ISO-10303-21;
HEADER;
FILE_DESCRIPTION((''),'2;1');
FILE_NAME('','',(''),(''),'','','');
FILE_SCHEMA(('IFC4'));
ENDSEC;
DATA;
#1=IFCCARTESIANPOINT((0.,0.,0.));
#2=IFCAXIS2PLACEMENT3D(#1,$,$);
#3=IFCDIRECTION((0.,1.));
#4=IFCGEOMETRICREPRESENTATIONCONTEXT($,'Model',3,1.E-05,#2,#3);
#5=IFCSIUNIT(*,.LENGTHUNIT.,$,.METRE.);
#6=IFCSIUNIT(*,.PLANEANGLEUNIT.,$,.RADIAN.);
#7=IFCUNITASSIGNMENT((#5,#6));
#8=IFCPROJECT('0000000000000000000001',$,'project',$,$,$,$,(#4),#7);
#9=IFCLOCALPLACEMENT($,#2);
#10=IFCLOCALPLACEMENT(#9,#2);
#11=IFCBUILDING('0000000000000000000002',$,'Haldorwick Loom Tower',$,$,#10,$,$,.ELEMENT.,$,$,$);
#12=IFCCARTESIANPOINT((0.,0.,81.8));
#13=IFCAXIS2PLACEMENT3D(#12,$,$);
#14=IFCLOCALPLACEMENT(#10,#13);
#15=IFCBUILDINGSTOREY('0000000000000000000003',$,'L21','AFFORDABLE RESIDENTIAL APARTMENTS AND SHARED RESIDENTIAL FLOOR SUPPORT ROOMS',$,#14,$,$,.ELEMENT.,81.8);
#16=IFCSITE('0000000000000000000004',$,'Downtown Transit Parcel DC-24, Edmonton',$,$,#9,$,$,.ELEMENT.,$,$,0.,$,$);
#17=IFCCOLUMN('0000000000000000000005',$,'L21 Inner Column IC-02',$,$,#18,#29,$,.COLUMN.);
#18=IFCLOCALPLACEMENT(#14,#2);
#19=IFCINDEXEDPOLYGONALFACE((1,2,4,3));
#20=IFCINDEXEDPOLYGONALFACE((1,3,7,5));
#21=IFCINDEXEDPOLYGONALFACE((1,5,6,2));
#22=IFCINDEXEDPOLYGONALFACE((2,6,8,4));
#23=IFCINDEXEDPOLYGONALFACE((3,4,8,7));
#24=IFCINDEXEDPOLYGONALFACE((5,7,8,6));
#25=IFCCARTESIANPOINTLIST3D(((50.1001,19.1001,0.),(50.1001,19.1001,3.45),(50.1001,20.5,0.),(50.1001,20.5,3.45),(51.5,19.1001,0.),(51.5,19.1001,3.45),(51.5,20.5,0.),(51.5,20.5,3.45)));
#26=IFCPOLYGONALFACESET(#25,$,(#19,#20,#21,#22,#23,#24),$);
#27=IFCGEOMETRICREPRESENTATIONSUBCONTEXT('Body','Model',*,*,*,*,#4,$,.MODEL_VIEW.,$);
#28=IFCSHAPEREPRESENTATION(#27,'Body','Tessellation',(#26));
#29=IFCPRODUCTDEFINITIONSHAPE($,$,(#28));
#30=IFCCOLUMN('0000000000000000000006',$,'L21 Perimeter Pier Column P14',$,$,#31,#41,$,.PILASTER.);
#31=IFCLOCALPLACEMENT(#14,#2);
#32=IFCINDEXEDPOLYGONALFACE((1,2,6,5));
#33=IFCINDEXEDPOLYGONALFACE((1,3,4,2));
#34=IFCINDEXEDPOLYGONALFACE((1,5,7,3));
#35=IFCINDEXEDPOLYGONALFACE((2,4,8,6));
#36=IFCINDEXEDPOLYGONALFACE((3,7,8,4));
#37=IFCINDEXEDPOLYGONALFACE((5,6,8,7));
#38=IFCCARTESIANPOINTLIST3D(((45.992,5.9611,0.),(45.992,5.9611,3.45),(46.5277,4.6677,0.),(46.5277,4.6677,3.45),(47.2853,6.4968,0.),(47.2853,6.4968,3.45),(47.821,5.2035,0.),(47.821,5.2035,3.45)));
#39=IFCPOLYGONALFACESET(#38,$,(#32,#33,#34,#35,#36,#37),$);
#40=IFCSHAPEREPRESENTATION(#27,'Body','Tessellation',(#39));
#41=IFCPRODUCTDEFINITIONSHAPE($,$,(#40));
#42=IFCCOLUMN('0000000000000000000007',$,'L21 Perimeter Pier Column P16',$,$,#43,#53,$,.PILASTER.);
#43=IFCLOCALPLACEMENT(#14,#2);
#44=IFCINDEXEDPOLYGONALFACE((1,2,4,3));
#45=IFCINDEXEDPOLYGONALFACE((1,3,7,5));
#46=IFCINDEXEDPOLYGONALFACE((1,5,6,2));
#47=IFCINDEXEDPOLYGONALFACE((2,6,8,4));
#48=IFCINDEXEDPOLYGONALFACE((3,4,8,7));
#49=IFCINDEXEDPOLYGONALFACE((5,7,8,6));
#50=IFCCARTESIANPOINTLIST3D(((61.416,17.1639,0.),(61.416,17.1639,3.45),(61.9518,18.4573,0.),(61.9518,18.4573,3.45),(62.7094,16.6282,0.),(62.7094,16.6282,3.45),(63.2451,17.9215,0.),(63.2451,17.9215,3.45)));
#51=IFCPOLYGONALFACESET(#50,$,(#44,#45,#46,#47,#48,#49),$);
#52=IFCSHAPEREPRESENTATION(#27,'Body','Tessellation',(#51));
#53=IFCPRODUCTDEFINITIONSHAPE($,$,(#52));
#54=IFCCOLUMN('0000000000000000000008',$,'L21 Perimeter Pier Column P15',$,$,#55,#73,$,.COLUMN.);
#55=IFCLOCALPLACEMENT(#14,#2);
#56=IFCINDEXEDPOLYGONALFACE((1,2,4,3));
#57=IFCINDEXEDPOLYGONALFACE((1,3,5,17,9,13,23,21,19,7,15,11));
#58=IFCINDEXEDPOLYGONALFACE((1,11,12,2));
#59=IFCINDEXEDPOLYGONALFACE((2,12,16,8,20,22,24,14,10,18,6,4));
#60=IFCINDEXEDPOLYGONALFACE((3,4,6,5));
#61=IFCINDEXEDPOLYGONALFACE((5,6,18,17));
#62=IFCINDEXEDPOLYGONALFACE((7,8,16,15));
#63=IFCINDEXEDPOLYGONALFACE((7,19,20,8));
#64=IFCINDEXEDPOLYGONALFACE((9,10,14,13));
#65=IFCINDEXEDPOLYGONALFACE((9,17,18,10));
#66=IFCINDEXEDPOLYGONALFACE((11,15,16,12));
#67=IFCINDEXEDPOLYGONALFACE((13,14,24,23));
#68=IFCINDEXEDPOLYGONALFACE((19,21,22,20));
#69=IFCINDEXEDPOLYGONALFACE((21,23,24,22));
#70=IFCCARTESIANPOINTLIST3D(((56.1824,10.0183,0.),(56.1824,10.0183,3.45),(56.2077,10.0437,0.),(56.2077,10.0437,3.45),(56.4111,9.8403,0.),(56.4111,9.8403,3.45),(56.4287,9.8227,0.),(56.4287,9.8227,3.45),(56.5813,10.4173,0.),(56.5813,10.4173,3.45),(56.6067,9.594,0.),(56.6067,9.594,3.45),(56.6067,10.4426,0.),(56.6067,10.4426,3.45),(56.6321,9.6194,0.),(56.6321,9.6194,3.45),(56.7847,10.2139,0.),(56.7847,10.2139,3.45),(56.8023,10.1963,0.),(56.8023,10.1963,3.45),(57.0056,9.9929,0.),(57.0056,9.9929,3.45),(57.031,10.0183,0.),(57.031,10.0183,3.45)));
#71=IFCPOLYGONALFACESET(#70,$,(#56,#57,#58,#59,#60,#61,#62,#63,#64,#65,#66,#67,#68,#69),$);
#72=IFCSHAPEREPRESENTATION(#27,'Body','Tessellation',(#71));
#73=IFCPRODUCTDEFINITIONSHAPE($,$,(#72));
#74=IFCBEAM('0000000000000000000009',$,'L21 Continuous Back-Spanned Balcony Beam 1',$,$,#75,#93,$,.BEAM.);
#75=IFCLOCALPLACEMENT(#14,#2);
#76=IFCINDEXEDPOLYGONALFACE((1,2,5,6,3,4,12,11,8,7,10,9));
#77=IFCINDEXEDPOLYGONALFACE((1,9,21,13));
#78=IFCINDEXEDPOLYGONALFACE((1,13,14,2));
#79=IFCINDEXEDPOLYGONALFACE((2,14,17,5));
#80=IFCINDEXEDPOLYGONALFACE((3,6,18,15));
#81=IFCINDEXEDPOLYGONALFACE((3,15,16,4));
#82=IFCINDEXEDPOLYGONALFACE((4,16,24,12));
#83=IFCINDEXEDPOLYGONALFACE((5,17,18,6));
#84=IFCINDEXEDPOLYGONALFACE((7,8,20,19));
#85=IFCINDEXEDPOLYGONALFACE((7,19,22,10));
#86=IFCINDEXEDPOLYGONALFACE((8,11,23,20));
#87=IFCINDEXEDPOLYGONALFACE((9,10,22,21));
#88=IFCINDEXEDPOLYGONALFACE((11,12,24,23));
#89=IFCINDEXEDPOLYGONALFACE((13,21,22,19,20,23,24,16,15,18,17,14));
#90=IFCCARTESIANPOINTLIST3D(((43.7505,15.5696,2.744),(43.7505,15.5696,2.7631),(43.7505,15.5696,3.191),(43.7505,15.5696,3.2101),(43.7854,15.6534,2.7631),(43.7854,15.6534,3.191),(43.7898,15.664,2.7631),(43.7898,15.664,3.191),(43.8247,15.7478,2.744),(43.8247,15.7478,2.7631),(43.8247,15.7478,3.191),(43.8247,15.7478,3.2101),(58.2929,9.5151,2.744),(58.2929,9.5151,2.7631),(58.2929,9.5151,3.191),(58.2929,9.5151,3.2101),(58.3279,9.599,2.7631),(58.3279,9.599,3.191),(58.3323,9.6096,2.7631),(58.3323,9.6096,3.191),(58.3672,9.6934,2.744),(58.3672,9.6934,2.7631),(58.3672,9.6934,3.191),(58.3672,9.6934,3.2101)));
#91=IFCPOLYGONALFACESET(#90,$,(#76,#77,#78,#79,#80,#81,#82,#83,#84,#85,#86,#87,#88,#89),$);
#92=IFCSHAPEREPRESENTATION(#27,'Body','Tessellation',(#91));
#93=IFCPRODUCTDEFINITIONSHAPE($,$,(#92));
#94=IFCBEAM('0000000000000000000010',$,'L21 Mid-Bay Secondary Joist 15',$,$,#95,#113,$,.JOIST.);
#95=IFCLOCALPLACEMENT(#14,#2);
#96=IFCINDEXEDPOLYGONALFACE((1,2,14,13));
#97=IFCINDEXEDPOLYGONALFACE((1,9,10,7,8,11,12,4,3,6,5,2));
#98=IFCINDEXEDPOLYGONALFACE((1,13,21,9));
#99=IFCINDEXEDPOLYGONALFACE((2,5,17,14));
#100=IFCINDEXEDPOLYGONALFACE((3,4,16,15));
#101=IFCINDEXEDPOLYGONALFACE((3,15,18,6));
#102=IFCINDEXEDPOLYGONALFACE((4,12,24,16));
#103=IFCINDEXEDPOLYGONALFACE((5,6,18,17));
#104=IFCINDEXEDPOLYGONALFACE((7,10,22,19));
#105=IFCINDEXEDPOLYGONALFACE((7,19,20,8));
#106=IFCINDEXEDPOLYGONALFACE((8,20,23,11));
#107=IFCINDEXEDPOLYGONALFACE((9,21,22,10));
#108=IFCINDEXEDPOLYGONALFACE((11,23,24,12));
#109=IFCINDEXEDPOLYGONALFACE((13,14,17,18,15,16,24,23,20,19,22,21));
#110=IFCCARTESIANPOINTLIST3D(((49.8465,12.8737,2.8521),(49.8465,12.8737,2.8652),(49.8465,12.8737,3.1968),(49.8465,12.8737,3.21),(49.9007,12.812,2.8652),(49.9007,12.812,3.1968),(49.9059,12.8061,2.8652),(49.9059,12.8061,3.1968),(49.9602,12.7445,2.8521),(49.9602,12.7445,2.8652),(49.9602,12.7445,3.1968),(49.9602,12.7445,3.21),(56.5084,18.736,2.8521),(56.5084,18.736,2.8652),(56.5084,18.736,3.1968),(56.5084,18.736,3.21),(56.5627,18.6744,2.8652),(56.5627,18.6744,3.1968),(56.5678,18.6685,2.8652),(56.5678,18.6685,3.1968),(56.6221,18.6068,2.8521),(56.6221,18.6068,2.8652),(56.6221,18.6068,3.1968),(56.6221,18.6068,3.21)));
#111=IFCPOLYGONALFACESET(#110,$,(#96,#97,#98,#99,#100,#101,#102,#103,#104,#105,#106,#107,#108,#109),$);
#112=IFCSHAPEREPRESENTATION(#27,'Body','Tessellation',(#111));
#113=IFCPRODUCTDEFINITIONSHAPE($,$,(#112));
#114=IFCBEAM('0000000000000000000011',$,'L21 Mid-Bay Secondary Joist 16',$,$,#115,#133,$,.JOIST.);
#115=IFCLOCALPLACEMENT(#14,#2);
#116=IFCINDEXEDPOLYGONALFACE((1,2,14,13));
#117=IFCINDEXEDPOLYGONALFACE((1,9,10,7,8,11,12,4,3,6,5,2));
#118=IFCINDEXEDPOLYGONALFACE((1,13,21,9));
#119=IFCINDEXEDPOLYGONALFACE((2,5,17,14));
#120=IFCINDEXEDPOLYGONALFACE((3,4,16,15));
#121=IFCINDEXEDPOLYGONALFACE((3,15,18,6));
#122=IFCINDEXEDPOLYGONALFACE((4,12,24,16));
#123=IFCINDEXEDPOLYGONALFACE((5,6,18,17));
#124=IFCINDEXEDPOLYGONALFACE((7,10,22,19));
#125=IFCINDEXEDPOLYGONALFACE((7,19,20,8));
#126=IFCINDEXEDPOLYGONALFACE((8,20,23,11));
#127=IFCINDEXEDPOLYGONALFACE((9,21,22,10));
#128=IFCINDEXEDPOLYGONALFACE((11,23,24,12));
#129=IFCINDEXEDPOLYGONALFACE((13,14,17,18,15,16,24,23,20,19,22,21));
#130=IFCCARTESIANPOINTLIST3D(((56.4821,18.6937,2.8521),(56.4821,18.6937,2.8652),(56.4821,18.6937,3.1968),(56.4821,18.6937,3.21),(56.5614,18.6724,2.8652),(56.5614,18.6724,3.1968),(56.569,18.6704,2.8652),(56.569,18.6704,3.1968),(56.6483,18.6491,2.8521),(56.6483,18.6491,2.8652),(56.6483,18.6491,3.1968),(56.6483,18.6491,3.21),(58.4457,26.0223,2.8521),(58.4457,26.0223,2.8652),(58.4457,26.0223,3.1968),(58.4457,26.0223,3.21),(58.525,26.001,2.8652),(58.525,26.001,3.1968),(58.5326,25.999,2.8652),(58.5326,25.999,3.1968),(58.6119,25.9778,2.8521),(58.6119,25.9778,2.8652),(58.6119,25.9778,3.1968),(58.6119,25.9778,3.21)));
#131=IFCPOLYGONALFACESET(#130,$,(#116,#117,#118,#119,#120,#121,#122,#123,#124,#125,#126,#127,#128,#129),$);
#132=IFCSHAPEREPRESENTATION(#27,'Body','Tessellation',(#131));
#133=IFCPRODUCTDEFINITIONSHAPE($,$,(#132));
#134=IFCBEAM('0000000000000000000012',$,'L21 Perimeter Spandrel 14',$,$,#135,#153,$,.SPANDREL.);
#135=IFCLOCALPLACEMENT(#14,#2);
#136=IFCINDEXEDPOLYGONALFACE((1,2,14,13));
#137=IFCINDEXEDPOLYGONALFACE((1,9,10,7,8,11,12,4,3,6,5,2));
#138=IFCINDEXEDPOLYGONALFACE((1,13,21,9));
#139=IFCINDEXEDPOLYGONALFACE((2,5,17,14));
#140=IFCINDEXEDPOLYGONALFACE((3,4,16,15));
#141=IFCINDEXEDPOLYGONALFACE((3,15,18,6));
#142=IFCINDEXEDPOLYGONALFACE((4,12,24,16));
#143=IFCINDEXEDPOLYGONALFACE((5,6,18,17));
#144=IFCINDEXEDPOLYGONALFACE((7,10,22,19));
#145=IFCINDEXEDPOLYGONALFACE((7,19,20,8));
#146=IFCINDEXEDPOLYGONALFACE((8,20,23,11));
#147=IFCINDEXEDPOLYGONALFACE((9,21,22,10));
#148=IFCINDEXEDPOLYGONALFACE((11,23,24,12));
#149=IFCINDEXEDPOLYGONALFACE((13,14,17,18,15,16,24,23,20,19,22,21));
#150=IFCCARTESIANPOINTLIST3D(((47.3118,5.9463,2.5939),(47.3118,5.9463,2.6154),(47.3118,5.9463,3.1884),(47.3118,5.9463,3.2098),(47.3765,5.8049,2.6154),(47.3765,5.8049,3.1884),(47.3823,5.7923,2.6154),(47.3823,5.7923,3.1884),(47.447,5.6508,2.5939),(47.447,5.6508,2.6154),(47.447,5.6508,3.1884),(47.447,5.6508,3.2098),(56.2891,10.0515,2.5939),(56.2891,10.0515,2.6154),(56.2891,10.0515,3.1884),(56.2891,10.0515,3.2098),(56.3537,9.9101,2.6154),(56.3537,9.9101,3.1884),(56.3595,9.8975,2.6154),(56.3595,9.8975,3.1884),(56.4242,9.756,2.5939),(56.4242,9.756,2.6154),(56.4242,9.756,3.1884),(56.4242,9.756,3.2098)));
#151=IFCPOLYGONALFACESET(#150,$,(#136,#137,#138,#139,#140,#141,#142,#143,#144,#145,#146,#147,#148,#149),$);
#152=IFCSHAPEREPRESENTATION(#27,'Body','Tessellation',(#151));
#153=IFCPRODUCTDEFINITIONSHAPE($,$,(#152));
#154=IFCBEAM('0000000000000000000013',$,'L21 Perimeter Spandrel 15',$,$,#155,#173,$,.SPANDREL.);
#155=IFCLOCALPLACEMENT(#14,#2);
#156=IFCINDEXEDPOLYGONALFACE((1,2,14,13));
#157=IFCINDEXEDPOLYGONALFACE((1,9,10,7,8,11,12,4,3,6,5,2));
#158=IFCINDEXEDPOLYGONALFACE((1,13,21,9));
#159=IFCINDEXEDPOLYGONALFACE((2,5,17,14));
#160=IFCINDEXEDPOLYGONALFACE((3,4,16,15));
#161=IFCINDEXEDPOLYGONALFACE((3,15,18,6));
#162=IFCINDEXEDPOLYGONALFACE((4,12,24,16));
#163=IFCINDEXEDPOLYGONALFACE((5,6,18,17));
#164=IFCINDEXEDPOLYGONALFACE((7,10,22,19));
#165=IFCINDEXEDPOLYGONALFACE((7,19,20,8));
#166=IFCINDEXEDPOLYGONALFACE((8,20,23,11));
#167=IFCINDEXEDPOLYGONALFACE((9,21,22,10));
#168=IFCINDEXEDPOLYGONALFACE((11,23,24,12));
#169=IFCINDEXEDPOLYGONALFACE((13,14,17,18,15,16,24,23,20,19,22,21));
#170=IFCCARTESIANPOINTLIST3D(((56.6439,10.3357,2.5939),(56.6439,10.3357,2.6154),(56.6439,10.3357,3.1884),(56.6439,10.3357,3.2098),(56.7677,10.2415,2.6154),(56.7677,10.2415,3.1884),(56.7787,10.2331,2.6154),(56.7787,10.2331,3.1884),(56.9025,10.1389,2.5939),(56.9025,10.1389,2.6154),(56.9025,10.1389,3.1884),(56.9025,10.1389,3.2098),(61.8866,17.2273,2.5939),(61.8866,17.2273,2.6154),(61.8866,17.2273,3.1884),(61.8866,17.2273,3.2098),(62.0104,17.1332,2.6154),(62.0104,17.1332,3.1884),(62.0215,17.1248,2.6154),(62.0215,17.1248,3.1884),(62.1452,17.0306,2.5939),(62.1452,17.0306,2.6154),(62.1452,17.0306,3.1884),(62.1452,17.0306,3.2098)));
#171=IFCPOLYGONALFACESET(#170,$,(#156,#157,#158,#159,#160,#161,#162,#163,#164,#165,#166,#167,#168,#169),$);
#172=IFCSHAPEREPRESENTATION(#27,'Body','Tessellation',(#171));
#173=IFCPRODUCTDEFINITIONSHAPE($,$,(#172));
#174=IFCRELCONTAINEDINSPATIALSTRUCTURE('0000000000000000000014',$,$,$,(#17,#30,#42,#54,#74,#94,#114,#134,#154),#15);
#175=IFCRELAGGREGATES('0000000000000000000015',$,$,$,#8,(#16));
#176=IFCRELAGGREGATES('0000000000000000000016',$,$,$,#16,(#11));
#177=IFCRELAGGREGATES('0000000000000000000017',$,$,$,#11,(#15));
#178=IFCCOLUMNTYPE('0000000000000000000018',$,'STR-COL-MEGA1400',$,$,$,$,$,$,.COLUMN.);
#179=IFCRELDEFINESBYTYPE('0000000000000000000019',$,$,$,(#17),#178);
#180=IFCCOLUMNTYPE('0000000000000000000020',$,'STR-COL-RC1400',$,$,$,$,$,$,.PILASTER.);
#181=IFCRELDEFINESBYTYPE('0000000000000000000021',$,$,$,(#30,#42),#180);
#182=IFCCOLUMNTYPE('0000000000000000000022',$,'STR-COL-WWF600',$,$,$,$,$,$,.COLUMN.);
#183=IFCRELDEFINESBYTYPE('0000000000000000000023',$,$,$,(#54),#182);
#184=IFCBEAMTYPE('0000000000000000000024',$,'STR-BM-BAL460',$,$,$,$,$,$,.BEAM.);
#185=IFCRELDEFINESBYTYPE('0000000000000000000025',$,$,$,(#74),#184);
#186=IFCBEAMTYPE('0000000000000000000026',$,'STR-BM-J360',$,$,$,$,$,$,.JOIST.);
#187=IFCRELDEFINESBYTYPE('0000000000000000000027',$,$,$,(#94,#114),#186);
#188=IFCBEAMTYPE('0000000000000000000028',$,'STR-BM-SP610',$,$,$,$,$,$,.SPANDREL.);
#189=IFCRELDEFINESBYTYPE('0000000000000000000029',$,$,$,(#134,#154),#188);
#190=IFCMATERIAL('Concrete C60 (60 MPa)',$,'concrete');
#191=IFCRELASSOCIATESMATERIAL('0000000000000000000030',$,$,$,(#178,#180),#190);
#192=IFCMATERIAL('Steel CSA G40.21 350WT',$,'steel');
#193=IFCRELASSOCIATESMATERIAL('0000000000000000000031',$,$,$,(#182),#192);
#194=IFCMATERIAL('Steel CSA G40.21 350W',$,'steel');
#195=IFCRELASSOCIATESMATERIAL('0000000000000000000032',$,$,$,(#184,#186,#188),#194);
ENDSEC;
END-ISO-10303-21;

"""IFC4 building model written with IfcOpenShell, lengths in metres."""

from ifc_helpers import new_model, si_unit, direction, frame, origin, origin_2d, place, context, subcontext, project, spatial, rectangle, i_section, extrude, material, material_profile, profile_set, type_object, element, save


model = new_model("IFC4")

# Units and contexts
model_context = context("Model", 3, precision=1e-05, world=origin(), true_north=direction((0.0, 1.0)))
body_context = subcontext(model_context, "Body", "Model", "MODEL_VIEW")
ifc_project = project(units=[si_unit("LENGTHUNIT", "METRE"), si_unit("PLANEANGLEUNIT", "RADIAN")], contexts=[model_context])

# Site, building, storey
site_placement = place(None, origin())
site = spatial("IfcSite", under=ifc_project, at=site_placement, Name="Downtown Transit Parcel DC-24, Edmonton", CompositionType="ELEMENT", RefElevation=0.0)
building_placement = place(site_placement, origin())
building = spatial("IfcBuilding", under=site, at=building_placement, Name="Haldorwick Loom Tower", CompositionType="ELEMENT")
storey_placement = place(building_placement, frame((0.0, 0.0, 81.8)))
storey = spatial("IfcBuildingStorey", under=building, at=storey_placement, Name="L21", Description="AFFORDABLE RESIDENTIAL APARTMENTS AND SHARED RESIDENTIAL FLOOR SUPPORT ROOMS", CompositionType="ELEMENT", Elevation=81.8)

# Columns
ifc_material_1 = material(Name="Concrete C60 (60 MPa)", Category="concrete")
ifc_material_profile_1 = material_profile(ifc_material_1, rectangle(XDim=1.3999, YDim=1.3999, at=origin_2d()), Name="RC1400X1400", Category="concrete")
ifc_profile_set_1 = profile_set([ifc_material_profile_1], Name="Concrete C60 (60 MPa)")
column_type_1 = type_object("IfcColumnType", Name="STR-COL-MEGA1400", PredefinedType="COLUMN", material=ifc_profile_set_1)
column_1_placement = place(storey_placement, frame((50.8, 19.8, 0.0), z_axis=(0.0, 0.0, 1.0), x_axis=(1.0, 0.0, 0.0)))
element("IfcColumn", 1, at=column_1_placement, inside=storey, type_object=column_type_1, Name="L21 Inner Column IC-02", PredefinedType="COLUMN", context=body_context, shape_type="SweptSolid", body=[
    extrude(rectangle(XDim=1.3999, YDim=1.3999, at=origin_2d()), origin(), (0.0, 0.0, 1.0), 3.45),
])
ifc_material_profile_2 = material_profile(ifc_material_1, rectangle(XDim=1.3999, YDim=1.3999, at=origin_2d()), Name="RC1400X1400", Category="concrete")
ifc_profile_set_2 = profile_set([ifc_material_profile_2], Name="Concrete C60 (60 MPa)")
column_type_2 = type_object("IfcColumnType", Name="STR-COL-RC1400", PredefinedType="PILASTER", material=ifc_profile_set_2)
for number, where, z_axis, x_axis, name in (
    (2, (46.9065, 5.5823, 0.0), (0.0, 0.0, 1.0), (0.382683, -0.92388, 0.0), "L21 Perimeter Pier Column P14"),
    (3, (62.3306, 17.5427, 0.0), (0.0, 0.0, 1.0), (0.92388, -0.382683, 0.0), "L21 Perimeter Pier Column P16"),
):
    element("IfcColumn", number, at=place(storey_placement, frame(where, z_axis=z_axis, x_axis=x_axis)), inside=storey, type_object=column_type_2, Name=name, PredefinedType="PILASTER", context=body_context, shape_type="SweptSolid", body=[
        extrude(rectangle(XDim=1.3999, YDim=1.3999, at=origin_2d()), origin(), (0.0, 0.0, 1.0), 3.45),
    ])
ifc_material_2 = material(Name="Steel CSA G40.21 350WT", Category="steel")
ifc_material_profile_3 = material_profile(ifc_material_2, i_section(OverallWidth=0.6001, OverallDepth=0.6001, WebThickness=0.0249, FlangeThickness=0.0359, at=origin_2d()), Name="WWF600X600", Category="steel")
ifc_profile_set_3 = profile_set([ifc_material_profile_3], Name="Steel CSA G40.21 350WT")
column_type_3 = type_object("IfcColumnType", Name="STR-COL-WWF600", PredefinedType="COLUMN", material=ifc_profile_set_3)
column_2_placement = place(storey_placement, frame((56.6067, 10.0183, 0.0), z_axis=(0.0, 0.0, 1.0), x_axis=(0.707107, -0.707107, 0.0)))
element("IfcColumn", 4, at=column_2_placement, inside=storey, type_object=column_type_3, Name="L21 Perimeter Pier Column P15", PredefinedType="COLUMN", context=body_context, shape_type="SweptSolid", body=[
    extrude(i_section(OverallWidth=0.6001, OverallDepth=0.6001, WebThickness=0.0249, FlangeThickness=0.0359, at=origin_2d()), origin(), (0.0, 0.0, 1.0), 3.45),
])

# Beams
ifc_material_3 = material(Name="Steel CSA G40.21 350W", Category="steel")
ifc_material_profile_4 = material_profile(ifc_material_3, i_section(OverallWidth=0.1931, OverallDepth=0.4661, WebThickness=0.0115, FlangeThickness=0.019, at=origin_2d()), Name="W460X97", Category="steel")
ifc_profile_set_4 = profile_set([ifc_material_profile_4], Name="Steel CSA G40.21 350W")
beam_type_1 = type_object("IfcBeamType", Name="STR-BM-BAL460", PredefinedType="BEAM", material=ifc_profile_set_4)
beam_1_placement = place(storey_placement, frame((43.7876, 15.6587, 2.9771), z_axis=(0.923188, -0.384349, 0.0), x_axis=(0.384349, 0.923188, 0.0)))
element("IfcBeam", 5, at=beam_1_placement, inside=storey, type_object=beam_type_1, Name="L21 Continuous Back-Spanned Balcony Beam 1", PredefinedType="BEAM", context=body_context, shape_type="SweptSolid", body=[
    extrude(i_section(OverallWidth=0.1931, OverallDepth=0.4661, WebThickness=0.0115, FlangeThickness=0.019, at=origin_2d()), origin(), (0.0, 0.0, 1.0), 15.7524),
])
ifc_material_profile_5 = material_profile(ifc_material_3, i_section(OverallWidth=0.1721, OverallDepth=0.3579, WebThickness=0.0078, FlangeThickness=0.0132, at=origin_2d()), Name="W360X57", Category="steel")
ifc_profile_set_5 = profile_set([ifc_material_profile_5], Name="Steel CSA G40.21 350W")
beam_type_2 = type_object("IfcBeamType", Name="STR-BM-J360", PredefinedType="JOIST", material=ifc_profile_set_5)
beam_2_placement = place(storey_placement, frame((49.9033, 12.8091, 3.031), z_axis=(0.750721, 0.660619, 0.0), x_axis=(-0.660619, 0.750721, 0.0)))
element("IfcBeam", 6, at=beam_2_placement, inside=storey, type_object=beam_type_2, Name="L21 Mid-Bay Secondary Joist 15", PredefinedType="JOIST", context=body_context, shape_type="SweptSolid", body=[
    extrude(i_section(OverallWidth=0.1721, OverallDepth=0.3579, WebThickness=0.0078, FlangeThickness=0.0132, at=origin_2d()), origin(), (0.0, 0.0, 1.0), 8.874),
])
beam_3_placement = place(storey_placement, frame((56.5652, 18.6714, 3.031), z_axis=(0.25881, 0.965928, 0.0), x_axis=(-0.965928, 0.25881, 0.0)))
element("IfcBeam", 7, at=beam_3_placement, inside=storey, type_object=beam_type_2, Name="L21 Mid-Bay Secondary Joist 16", PredefinedType="JOIST", context=body_context, shape_type="SweptSolid", body=[
    extrude(i_section(OverallWidth=0.1721, OverallDepth=0.3579, WebThickness=0.0078, FlangeThickness=0.0132, at=origin_2d()), origin(), (0.0, 0.0, 1.0), 7.5872),
])
ifc_material_profile_6 = material_profile(ifc_material_3, i_section(OverallWidth=0.325, OverallDepth=0.616, WebThickness=0.0139, FlangeThickness=0.0215, at=origin_2d()), Name="W610X174", Category="steel")
ifc_profile_set_6 = profile_set([ifc_material_profile_6], Name="Steel CSA G40.21 350W")
beam_type_3 = type_object("IfcBeamType", Name="STR-BM-SP610", PredefinedType="SPANDREL", material=ifc_profile_set_6)
beam_4_placement = place(storey_placement, frame((47.3794, 5.7986, 2.9019), z_axis=(0.909424, 0.41587, 0.0), x_axis=(-0.41587, 0.909424, 0.0)))
element("IfcBeam", 8, at=beam_4_placement, inside=storey, type_object=beam_type_3, Name="L21 Perimeter Spandrel 14", PredefinedType="SPANDREL", context=body_context, shape_type="SweptSolid", body=[
    extrude(i_section(OverallWidth=0.325, OverallDepth=0.616, WebThickness=0.0139, FlangeThickness=0.0215, at=origin_2d()), origin(), (0.0, 0.0, 1.0), 9.8713),
])
beam_5_placement = place(storey_placement, frame((56.7732, 10.2373, 2.9019), z_axis=(0.605454, 0.795881, 0.0), x_axis=(-0.795881, 0.605454, 0.0)))
element("IfcBeam", 9, at=beam_5_placement, inside=storey, type_object=beam_type_3, Name="L21 Perimeter Spandrel 15", PredefinedType="SPANDREL", context=body_context, shape_type="SweptSolid", body=[
    extrude(i_section(OverallWidth=0.325, OverallDepth=0.616, WebThickness=0.0139, FlangeThickness=0.0215, at=origin_2d()), origin(), (0.0, 0.0, 1.0), 8.6592),
])

save(model, "model.ifc")
